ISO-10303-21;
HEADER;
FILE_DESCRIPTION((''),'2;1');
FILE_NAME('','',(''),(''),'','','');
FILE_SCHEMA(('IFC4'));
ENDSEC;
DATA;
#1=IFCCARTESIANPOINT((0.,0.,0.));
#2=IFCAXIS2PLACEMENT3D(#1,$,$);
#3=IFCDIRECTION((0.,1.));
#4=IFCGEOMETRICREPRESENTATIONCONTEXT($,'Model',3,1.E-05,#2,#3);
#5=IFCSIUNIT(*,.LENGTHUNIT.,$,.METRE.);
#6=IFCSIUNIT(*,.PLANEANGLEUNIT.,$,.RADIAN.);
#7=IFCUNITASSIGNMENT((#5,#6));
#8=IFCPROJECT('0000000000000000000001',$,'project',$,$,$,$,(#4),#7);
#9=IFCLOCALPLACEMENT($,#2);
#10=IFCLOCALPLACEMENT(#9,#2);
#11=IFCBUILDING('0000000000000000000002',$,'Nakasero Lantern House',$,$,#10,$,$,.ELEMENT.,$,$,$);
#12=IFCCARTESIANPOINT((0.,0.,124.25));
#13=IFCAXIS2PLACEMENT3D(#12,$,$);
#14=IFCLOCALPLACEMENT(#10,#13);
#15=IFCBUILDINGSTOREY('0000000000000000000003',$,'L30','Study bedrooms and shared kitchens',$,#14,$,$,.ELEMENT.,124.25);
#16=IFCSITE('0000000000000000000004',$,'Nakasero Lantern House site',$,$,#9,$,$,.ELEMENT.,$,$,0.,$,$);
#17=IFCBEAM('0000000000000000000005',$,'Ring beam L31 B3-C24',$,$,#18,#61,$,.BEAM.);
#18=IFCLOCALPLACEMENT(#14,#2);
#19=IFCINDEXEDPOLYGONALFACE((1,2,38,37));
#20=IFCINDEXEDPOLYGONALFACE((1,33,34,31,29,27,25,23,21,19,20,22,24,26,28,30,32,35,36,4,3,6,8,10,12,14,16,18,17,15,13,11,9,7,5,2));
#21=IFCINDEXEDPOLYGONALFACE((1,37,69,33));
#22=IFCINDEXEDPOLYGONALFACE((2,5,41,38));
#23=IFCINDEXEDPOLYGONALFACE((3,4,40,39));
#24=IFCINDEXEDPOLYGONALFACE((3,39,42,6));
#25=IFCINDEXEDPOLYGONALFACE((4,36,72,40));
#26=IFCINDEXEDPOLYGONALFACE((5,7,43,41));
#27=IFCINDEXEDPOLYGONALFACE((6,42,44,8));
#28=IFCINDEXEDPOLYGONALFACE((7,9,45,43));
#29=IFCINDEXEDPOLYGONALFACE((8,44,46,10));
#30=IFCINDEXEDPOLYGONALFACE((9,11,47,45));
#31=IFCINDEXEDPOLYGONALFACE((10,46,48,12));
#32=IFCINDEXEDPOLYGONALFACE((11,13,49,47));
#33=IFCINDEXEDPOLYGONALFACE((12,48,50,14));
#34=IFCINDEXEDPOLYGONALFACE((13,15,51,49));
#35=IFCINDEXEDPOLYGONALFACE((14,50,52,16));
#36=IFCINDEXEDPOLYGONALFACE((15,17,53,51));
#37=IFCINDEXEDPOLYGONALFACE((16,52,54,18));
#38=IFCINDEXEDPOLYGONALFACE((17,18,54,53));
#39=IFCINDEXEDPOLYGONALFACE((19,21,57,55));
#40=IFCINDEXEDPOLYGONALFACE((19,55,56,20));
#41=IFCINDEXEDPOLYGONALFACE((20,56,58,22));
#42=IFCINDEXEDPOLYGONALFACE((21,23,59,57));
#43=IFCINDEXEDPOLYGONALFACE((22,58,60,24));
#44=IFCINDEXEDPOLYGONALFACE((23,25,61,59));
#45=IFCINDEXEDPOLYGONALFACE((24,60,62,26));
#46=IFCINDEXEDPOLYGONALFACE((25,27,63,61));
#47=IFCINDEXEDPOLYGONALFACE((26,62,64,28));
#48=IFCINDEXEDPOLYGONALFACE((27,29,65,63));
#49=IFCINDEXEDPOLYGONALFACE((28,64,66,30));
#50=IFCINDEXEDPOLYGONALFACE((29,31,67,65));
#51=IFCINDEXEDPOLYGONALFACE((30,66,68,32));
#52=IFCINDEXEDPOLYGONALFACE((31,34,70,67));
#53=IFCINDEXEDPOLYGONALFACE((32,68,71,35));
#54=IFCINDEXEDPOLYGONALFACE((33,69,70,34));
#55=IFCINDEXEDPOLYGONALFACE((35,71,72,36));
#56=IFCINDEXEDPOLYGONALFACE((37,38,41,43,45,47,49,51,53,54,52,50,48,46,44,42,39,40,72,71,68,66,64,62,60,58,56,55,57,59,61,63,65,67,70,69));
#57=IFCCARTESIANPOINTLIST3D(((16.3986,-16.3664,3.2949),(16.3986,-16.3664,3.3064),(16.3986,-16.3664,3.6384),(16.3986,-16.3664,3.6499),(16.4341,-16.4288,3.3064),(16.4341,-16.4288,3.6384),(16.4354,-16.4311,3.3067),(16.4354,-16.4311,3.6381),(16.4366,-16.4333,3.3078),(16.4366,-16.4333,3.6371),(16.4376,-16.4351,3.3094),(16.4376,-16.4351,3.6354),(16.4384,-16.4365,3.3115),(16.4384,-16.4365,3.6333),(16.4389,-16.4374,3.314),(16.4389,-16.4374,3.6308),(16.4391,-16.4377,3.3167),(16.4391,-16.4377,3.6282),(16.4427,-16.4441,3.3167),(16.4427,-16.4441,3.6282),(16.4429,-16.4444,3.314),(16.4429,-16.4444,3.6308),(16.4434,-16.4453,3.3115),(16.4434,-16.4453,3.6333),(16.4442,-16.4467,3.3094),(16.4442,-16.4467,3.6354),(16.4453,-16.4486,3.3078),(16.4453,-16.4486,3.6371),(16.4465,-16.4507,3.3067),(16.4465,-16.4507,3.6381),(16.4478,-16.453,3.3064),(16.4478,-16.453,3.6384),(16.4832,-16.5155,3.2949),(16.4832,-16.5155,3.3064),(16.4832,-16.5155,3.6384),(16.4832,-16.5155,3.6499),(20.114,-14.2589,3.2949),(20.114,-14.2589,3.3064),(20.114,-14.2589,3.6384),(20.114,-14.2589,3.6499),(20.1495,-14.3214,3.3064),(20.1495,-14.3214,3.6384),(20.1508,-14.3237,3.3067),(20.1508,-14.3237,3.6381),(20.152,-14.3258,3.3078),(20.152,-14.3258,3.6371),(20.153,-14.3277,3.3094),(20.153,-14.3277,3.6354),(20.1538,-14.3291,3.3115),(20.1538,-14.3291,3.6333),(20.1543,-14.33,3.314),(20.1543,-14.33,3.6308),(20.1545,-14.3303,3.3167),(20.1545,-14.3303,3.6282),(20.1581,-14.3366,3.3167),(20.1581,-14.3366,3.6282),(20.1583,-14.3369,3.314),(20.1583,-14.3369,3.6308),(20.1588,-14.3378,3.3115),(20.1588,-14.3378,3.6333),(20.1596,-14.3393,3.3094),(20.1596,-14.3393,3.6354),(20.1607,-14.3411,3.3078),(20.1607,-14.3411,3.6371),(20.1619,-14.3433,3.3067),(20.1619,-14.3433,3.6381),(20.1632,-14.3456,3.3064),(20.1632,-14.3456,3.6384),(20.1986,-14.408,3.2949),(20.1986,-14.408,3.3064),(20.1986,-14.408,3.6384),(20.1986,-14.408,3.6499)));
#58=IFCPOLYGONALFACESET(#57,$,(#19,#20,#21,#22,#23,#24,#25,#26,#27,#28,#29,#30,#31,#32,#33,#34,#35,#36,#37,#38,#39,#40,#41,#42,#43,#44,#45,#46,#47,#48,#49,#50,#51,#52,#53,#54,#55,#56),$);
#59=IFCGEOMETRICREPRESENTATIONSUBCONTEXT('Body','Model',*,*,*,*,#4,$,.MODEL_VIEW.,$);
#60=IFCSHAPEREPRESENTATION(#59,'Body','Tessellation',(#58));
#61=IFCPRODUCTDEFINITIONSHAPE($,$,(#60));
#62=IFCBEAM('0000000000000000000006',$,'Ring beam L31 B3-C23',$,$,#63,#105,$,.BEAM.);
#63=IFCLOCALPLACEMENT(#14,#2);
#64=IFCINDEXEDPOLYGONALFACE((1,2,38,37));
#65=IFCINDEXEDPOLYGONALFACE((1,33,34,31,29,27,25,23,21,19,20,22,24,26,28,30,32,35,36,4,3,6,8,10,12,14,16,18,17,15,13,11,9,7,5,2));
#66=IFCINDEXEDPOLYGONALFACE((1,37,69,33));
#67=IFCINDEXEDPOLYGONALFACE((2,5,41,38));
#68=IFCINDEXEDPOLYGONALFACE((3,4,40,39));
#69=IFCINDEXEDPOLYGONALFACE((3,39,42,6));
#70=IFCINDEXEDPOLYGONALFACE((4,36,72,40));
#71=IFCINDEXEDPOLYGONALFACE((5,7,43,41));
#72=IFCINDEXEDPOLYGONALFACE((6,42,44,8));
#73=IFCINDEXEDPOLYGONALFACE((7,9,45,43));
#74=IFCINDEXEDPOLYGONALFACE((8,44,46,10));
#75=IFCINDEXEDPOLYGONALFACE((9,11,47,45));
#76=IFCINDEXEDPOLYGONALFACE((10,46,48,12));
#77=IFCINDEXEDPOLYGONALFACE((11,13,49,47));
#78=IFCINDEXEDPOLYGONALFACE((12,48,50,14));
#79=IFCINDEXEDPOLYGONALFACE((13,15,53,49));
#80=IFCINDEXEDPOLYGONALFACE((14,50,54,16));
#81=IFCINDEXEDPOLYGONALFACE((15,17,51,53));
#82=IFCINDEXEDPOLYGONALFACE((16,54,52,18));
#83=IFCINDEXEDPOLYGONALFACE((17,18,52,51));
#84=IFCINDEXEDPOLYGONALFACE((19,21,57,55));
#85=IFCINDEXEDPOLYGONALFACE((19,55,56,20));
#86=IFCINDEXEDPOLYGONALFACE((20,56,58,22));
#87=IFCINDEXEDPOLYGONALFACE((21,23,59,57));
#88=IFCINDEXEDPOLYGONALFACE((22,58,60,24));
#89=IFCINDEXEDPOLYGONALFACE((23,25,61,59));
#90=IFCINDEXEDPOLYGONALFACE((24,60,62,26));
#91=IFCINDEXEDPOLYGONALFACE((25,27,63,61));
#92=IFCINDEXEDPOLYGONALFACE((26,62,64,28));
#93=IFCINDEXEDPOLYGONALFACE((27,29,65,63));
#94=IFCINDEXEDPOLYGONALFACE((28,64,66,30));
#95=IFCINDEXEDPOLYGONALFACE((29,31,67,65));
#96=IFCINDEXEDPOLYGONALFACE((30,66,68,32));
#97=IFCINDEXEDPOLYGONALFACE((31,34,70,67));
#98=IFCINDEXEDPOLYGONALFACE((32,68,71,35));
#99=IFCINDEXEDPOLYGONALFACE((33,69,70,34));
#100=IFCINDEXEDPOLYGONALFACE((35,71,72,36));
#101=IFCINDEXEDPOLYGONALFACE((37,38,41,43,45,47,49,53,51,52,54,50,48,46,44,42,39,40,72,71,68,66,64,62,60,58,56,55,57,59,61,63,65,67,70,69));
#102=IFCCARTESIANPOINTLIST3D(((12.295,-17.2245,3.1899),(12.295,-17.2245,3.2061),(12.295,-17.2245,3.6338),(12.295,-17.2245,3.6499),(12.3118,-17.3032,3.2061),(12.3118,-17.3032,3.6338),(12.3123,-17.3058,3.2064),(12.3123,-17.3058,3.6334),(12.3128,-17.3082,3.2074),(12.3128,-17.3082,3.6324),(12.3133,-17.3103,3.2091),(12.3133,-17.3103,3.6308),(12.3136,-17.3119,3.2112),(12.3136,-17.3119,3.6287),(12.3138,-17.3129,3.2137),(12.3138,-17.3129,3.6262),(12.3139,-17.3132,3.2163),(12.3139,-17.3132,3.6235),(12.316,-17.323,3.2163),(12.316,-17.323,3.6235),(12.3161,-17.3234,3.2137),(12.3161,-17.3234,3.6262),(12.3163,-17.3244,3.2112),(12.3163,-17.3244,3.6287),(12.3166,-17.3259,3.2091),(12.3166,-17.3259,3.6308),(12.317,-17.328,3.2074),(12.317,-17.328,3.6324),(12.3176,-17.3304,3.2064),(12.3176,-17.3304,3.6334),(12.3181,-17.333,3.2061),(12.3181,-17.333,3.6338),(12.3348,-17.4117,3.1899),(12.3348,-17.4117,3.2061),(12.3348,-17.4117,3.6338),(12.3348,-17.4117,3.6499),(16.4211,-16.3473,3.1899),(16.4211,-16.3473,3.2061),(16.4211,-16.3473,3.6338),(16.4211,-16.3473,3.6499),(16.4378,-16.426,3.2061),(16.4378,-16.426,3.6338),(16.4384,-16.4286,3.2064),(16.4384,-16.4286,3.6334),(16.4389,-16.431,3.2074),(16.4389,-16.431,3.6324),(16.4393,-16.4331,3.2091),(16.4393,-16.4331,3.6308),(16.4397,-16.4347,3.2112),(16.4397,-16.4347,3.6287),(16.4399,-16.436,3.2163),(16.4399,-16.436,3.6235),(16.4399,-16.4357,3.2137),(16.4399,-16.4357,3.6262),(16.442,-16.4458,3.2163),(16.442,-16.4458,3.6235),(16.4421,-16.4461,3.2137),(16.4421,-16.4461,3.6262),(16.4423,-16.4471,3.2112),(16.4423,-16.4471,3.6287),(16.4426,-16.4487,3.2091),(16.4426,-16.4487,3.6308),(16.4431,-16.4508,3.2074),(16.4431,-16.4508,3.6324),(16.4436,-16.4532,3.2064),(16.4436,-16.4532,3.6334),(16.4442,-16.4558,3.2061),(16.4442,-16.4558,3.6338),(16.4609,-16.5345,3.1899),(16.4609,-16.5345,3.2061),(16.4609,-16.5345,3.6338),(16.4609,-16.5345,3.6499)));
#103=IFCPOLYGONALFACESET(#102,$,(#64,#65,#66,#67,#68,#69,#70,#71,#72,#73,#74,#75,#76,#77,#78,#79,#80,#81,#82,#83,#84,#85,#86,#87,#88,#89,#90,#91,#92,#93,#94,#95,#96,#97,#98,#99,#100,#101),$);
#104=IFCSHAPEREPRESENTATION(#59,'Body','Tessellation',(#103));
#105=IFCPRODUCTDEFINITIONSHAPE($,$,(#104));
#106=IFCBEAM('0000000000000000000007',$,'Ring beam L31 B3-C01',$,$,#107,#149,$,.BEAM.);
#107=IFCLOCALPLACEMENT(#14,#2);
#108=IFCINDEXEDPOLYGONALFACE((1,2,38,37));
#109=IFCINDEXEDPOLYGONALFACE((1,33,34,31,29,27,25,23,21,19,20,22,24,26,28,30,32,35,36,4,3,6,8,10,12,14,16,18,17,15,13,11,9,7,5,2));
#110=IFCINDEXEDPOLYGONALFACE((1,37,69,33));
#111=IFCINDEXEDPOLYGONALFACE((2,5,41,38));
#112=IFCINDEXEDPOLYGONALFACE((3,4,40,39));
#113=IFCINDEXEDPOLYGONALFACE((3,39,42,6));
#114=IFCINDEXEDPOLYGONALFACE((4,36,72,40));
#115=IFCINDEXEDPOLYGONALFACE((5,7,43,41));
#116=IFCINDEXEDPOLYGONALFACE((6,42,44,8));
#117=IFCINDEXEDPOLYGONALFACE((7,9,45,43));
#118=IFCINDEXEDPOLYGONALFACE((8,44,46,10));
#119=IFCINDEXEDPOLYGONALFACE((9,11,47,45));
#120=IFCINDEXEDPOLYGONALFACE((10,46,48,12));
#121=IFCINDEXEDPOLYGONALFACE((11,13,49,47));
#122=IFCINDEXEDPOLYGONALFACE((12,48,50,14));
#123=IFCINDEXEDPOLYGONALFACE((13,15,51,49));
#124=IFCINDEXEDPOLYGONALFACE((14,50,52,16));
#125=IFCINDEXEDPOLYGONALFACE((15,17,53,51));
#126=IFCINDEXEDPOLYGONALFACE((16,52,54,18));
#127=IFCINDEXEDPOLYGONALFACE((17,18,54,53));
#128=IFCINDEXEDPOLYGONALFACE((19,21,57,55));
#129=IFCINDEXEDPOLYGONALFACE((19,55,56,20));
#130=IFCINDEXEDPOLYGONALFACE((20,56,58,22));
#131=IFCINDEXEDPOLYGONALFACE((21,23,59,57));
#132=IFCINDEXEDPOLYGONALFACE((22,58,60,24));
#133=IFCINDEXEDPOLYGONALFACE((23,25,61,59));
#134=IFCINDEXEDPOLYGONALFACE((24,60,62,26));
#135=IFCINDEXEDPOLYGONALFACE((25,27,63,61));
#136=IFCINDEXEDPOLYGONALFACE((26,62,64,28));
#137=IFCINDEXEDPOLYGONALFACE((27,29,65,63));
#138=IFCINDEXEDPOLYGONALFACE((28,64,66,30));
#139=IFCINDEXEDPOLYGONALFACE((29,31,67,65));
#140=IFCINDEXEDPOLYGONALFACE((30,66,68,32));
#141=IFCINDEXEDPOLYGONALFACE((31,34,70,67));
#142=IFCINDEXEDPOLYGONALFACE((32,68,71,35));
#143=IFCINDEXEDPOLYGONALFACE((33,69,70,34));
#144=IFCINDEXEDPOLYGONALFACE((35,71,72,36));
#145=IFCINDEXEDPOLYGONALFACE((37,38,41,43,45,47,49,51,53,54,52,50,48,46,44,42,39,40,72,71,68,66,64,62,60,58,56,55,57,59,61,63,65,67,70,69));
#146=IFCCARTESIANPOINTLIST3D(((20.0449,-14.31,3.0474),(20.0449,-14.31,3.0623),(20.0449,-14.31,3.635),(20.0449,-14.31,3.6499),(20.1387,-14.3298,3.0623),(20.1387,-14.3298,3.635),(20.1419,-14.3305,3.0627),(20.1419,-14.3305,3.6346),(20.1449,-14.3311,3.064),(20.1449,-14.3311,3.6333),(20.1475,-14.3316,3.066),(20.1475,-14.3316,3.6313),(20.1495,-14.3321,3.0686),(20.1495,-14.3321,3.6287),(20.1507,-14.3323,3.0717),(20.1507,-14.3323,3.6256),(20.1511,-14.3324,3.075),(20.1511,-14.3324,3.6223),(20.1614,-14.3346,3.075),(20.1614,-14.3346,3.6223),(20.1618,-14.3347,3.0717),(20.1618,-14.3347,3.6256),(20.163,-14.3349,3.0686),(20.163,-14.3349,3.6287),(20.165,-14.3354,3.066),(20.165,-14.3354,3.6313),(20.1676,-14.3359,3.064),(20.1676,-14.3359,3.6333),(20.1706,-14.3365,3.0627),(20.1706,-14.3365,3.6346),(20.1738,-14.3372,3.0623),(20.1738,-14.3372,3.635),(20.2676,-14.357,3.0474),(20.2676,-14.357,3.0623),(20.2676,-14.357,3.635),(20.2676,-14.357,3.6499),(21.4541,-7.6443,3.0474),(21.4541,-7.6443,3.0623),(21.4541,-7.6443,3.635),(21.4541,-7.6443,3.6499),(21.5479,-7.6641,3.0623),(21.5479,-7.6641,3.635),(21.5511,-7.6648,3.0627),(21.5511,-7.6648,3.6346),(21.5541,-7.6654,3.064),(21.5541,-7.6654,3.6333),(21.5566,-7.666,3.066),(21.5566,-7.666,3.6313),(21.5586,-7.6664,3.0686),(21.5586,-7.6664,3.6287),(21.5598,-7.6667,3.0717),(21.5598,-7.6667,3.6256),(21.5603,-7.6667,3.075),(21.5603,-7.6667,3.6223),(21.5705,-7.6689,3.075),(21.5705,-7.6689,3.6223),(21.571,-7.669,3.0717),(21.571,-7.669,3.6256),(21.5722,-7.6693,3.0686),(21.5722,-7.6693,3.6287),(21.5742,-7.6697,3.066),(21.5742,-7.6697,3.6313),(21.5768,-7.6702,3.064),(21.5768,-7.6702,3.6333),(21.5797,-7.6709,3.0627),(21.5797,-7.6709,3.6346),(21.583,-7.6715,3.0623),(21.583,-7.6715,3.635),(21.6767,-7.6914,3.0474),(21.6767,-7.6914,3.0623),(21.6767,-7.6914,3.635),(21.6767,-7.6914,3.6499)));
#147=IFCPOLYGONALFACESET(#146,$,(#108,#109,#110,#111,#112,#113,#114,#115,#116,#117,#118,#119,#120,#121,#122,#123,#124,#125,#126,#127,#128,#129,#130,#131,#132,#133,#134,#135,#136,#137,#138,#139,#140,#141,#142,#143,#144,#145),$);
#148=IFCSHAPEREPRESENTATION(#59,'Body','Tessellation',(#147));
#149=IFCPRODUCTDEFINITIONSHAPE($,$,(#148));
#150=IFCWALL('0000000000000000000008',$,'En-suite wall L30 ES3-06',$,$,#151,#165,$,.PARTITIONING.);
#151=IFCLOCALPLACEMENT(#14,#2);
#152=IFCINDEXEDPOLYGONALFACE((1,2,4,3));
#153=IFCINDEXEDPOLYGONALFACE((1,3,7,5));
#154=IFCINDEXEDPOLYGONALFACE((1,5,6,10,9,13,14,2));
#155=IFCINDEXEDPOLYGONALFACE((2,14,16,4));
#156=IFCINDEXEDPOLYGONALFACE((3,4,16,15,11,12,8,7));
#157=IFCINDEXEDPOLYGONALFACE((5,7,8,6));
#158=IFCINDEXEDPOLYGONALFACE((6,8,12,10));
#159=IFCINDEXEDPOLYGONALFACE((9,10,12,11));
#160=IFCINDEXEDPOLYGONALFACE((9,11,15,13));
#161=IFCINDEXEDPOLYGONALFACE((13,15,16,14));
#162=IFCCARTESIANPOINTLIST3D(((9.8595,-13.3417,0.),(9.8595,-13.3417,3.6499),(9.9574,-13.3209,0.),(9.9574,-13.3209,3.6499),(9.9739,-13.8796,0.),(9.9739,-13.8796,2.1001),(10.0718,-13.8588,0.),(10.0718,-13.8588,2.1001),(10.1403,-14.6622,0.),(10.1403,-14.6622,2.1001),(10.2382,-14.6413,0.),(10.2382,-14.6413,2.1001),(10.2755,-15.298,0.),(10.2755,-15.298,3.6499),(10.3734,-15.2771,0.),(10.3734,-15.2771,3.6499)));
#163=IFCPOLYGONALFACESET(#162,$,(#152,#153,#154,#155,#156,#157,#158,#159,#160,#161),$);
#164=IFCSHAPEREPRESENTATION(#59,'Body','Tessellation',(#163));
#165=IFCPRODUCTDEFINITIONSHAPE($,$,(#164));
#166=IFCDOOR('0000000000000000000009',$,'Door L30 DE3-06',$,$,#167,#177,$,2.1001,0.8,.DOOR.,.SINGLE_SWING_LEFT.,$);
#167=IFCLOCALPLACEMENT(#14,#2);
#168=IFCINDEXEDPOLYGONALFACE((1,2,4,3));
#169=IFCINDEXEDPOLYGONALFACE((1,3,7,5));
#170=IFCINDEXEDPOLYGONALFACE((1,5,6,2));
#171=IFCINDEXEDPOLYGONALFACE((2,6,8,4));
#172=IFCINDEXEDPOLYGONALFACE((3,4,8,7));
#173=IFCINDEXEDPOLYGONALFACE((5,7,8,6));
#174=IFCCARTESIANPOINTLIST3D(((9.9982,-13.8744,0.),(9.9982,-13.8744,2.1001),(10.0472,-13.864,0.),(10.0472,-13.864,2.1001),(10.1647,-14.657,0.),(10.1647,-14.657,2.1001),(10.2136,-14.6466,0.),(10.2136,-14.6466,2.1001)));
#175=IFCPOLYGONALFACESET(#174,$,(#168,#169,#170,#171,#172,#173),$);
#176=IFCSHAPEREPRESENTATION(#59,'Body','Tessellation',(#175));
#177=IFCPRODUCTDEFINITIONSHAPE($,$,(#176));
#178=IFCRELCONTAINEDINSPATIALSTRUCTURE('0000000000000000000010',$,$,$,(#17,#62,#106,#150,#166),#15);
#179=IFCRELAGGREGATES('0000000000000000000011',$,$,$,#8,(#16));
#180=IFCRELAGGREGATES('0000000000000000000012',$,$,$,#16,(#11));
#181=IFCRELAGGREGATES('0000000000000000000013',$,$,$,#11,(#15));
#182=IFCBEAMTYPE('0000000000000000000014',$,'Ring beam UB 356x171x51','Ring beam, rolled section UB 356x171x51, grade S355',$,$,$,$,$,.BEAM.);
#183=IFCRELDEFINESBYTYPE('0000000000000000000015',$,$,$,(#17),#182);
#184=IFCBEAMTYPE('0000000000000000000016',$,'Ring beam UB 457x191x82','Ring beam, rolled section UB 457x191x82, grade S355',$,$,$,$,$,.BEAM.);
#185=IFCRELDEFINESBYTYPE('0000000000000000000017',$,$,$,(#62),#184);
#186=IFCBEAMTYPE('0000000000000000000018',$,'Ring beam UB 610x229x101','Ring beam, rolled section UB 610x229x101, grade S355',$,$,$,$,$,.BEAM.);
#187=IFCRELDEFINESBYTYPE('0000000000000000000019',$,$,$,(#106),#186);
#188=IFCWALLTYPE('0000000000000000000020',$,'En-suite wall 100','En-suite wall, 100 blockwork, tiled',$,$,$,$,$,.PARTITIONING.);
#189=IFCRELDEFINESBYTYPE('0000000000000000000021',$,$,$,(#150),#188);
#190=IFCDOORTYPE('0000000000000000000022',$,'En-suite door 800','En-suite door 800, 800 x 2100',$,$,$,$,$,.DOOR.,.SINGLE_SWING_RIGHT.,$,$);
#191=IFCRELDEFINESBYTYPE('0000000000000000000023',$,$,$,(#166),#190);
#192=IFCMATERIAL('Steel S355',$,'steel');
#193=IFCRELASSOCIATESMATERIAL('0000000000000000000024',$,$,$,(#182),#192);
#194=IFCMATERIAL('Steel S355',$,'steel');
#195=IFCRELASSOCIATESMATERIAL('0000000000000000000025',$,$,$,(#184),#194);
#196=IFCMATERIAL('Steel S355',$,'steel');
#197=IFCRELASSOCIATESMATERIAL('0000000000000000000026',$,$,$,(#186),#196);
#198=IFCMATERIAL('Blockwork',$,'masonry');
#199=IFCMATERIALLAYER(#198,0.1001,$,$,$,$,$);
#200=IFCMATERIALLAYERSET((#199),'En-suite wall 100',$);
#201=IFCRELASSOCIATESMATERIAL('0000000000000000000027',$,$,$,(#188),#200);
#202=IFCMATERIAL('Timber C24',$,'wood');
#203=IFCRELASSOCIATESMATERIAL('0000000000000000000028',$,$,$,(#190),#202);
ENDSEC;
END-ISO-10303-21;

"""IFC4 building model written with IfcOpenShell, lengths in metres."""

from ifc_helpers import new_model, si_unit, direction, frame, frame_2d, origin, origin_2d, place, context, subcontext, project, spatial, rectangle, i_section, extrude, material, layer, layer_set, material_profile, profile_set, type_object, element, fill, save


model = new_model("IFC4")

# Units and contexts
model_context = context("Model", 3, precision=1e-05, world=origin(), true_north=direction((0.0, 1.0)))
body_context = subcontext(model_context, "Body", "Model", "MODEL_VIEW")
ifc_project = project(units=[si_unit("LENGTHUNIT", "METRE"), si_unit("PLANEANGLEUNIT", "RADIAN")], contexts=[model_context])

# Site, building, storey
site_placement = place(None, origin())
site = spatial("IfcSite", under=ifc_project, at=site_placement, Name="Nakasero Lantern House site", CompositionType="ELEMENT", RefElevation=0.0)
building_placement = place(site_placement, origin())
building = spatial("IfcBuilding", under=site, at=building_placement, Name="Nakasero Lantern House", CompositionType="ELEMENT")
storey_placement = place(building_placement, frame((0.0, 0.0, 124.25)))
storey = spatial("IfcBuildingStorey", under=building, at=storey_placement, Name="L30", Description="Study bedrooms and shared kitchens", CompositionType="ELEMENT", Elevation=124.25)

# Beams
ifc_material_1 = material(Name="Steel S355", Category="steel")
ifc_material_profile_1 = material_profile(ifc_material_1, i_section(OverallWidth=0.1714, OverallDepth=0.355, WebThickness=0.0073, FlangeThickness=0.0115, FilletRadius=0.0103, at=origin_2d()), Name="UB 356x171x51")
ifc_profile_set_1 = profile_set([ifc_material_profile_1], Name="Steel S355")
beam_type_1 = type_object("IfcBeamType", Name="Ring beam UB 356x171x51", Description="Ring beam, rolled section UB 356x171x51, grade S355", PredefinedType="BEAM", material=ifc_profile_set_1)
beam_1_placement = place(storey_placement, frame((16.4409, -16.4409, 3.4724), z_axis=(0.869815, 0.493379, 0.0), x_axis=(-0.493379, 0.869815, 0.0)))
element("IfcBeam", 1, at=beam_1_placement, inside=storey, type_object=beam_type_1, Name="Ring beam L31 B3-C24", PredefinedType="BEAM", context=body_context, shape_type="SweptSolid", body=[
    extrude(i_section(OverallWidth=0.1714, OverallDepth=0.355, WebThickness=0.0073, FlangeThickness=0.0115, FilletRadius=0.0103, at=origin_2d()), origin(), (0.0, 0.0, 1.0), 4.2715),
])
ifc_material_2 = material(Name="Steel S355", Category="steel")
ifc_material_profile_2 = material_profile(ifc_material_2, i_section(OverallWidth=0.1914, OverallDepth=0.46, WebThickness=0.01, FlangeThickness=0.0161, FilletRadius=0.0103, at=origin_2d()), Name="UB 457x191x82")
ifc_profile_set_2 = profile_set([ifc_material_profile_2], Name="Steel S355")
beam_type_2 = type_object("IfcBeamType", Name="Ring beam UB 457x191x82", Description="Ring beam, rolled section UB 457x191x82, grade S355", PredefinedType="BEAM", material=ifc_profile_set_2)
beam_2_placement = place(storey_placement, frame((12.3149, -17.3181, 3.4199), z_axis=(0.978138, 0.207956, 0.0), x_axis=(-0.207956, 0.978138, 0.0)))
element("IfcBeam", 2, at=beam_2_placement, inside=storey, type_object=beam_type_2, Name="Ring beam L31 B3-C23", PredefinedType="BEAM", context=body_context, shape_type="SweptSolid", body=[
    extrude(i_section(OverallWidth=0.1914, OverallDepth=0.46, WebThickness=0.01, FlangeThickness=0.0161, FilletRadius=0.0103, at=origin_2d()), origin(), (0.0, 0.0, 1.0), 4.2183),
])
ifc_material_3 = material(Name="Steel S355", Category="steel")
ifc_material_profile_3 = material_profile(ifc_material_3, i_section(OverallWidth=0.2275, OverallDepth=0.6025, WebThickness=0.0105, FlangeThickness=0.0149, FilletRadius=0.0127, at=origin_2d()), Name="UB 610x229x101")
ifc_profile_set_3 = profile_set([ifc_material_profile_3], Name="Steel S355")
beam_type_3 = type_object("IfcBeamType", Name="Ring beam UB 610x229x101", Description="Ring beam, rolled section UB 610x229x101, grade S355", PredefinedType="BEAM", material=ifc_profile_set_3)
beam_3_placement = place(storey_placement, frame((20.1562, -14.3335, 3.3486), z_axis=(0.206834, 0.978376, 0.0), x_axis=(-0.978376, 0.206834, 0.0)))
element("IfcBeam", 3, at=beam_3_placement, inside=storey, type_object=beam_type_3, Name="Ring beam L31 B3-C01", PredefinedType="BEAM", context=body_context, shape_type="SweptSolid", body=[
    extrude(i_section(OverallWidth=0.2275, OverallDepth=0.6025, WebThickness=0.0105, FlangeThickness=0.0149, FilletRadius=0.0127, at=origin_2d()), origin(), (0.0, 0.0, 1.0), 6.813),
])

# Wall, opening, door
ifc_material_4 = material(Name="Blockwork", Category="masonry")
ifc_layer_1 = layer(ifc_material_4, 0.1001)
ifc_layer_set_1 = layer_set([ifc_layer_1], Name="En-suite wall 100")
wall_type_1 = type_object("IfcWallType", Name="En-suite wall 100", Description="En-suite wall, 100 blockwork, tiled", PredefinedType="PARTITIONING", material=ifc_layer_set_1)
wall_1_placement = place(storey_placement, frame((9.9084, -13.3313, 0.0), z_axis=(0.0, 0.0, 1.0), x_axis=(0.208003, -0.978128, 0.0)))
wall_1 = element("IfcWall", 4, at=wall_1_placement, inside=storey, type_object=wall_type_1, Name="En-suite wall L30 ES3-06", PredefinedType="PARTITIONING", context=body_context, shape_type="SweptSolid", body=[
    extrude(rectangle(XDim=2.0, YDim=0.1001, at=frame_2d((1.0, 0.0))), origin(), (0.0, 0.0, 1.0), 3.6499),
])
opening_1_placement = place(wall_1_placement, frame((0.55, 0.0, 0.0)))
opening_1 = element("IfcOpeningElement", 5, at=opening_1_placement, cuts=wall_1, PredefinedType="OPENING", context=body_context, shape_type="SweptSolid", body=[
    extrude(rectangle(XDim=0.8, YDim=2.1001, at=frame_2d((0.3999, 1.05))), frame((0.0, 0.0701, 0.0), z_axis=(0.0, -1.0, 0.0), x_axis=(1.0, 0.0, 0.0)), (0.0, 0.0, 1.0), 0.1401),
])
ifc_material_5 = material(Name="Timber C24", Category="wood")
door_type_1 = type_object("IfcDoorType", Name="En-suite door 800", Description="En-suite door 800, 800 x 2100", OperationType="SINGLE_SWING_RIGHT", PredefinedType="DOOR", material=ifc_material_5)
door_1_placement = place(opening_1_placement, origin())
door_1 = element("IfcDoor", 6, at=door_1_placement, inside=storey, type_object=door_type_1, Name="Door L30 DE3-06", OperationType="SINGLE_SWING_LEFT", OverallHeight=2.1001, OverallWidth=0.8, PredefinedType="DOOR", context=body_context, shape_type="SweptSolid", body=[
    extrude(rectangle(XDim=0.8, YDim=2.1001, at=frame_2d((0.3999, 1.05))), frame((0.0, 0.0249, 0.0), z_axis=(0.0, -1.0, 0.0), x_axis=(1.0, 0.0, 0.0)), (0.0, 0.0, 1.0), 0.05),
])
fill(opening_1, door_1)

save(model, "model.ifc")
